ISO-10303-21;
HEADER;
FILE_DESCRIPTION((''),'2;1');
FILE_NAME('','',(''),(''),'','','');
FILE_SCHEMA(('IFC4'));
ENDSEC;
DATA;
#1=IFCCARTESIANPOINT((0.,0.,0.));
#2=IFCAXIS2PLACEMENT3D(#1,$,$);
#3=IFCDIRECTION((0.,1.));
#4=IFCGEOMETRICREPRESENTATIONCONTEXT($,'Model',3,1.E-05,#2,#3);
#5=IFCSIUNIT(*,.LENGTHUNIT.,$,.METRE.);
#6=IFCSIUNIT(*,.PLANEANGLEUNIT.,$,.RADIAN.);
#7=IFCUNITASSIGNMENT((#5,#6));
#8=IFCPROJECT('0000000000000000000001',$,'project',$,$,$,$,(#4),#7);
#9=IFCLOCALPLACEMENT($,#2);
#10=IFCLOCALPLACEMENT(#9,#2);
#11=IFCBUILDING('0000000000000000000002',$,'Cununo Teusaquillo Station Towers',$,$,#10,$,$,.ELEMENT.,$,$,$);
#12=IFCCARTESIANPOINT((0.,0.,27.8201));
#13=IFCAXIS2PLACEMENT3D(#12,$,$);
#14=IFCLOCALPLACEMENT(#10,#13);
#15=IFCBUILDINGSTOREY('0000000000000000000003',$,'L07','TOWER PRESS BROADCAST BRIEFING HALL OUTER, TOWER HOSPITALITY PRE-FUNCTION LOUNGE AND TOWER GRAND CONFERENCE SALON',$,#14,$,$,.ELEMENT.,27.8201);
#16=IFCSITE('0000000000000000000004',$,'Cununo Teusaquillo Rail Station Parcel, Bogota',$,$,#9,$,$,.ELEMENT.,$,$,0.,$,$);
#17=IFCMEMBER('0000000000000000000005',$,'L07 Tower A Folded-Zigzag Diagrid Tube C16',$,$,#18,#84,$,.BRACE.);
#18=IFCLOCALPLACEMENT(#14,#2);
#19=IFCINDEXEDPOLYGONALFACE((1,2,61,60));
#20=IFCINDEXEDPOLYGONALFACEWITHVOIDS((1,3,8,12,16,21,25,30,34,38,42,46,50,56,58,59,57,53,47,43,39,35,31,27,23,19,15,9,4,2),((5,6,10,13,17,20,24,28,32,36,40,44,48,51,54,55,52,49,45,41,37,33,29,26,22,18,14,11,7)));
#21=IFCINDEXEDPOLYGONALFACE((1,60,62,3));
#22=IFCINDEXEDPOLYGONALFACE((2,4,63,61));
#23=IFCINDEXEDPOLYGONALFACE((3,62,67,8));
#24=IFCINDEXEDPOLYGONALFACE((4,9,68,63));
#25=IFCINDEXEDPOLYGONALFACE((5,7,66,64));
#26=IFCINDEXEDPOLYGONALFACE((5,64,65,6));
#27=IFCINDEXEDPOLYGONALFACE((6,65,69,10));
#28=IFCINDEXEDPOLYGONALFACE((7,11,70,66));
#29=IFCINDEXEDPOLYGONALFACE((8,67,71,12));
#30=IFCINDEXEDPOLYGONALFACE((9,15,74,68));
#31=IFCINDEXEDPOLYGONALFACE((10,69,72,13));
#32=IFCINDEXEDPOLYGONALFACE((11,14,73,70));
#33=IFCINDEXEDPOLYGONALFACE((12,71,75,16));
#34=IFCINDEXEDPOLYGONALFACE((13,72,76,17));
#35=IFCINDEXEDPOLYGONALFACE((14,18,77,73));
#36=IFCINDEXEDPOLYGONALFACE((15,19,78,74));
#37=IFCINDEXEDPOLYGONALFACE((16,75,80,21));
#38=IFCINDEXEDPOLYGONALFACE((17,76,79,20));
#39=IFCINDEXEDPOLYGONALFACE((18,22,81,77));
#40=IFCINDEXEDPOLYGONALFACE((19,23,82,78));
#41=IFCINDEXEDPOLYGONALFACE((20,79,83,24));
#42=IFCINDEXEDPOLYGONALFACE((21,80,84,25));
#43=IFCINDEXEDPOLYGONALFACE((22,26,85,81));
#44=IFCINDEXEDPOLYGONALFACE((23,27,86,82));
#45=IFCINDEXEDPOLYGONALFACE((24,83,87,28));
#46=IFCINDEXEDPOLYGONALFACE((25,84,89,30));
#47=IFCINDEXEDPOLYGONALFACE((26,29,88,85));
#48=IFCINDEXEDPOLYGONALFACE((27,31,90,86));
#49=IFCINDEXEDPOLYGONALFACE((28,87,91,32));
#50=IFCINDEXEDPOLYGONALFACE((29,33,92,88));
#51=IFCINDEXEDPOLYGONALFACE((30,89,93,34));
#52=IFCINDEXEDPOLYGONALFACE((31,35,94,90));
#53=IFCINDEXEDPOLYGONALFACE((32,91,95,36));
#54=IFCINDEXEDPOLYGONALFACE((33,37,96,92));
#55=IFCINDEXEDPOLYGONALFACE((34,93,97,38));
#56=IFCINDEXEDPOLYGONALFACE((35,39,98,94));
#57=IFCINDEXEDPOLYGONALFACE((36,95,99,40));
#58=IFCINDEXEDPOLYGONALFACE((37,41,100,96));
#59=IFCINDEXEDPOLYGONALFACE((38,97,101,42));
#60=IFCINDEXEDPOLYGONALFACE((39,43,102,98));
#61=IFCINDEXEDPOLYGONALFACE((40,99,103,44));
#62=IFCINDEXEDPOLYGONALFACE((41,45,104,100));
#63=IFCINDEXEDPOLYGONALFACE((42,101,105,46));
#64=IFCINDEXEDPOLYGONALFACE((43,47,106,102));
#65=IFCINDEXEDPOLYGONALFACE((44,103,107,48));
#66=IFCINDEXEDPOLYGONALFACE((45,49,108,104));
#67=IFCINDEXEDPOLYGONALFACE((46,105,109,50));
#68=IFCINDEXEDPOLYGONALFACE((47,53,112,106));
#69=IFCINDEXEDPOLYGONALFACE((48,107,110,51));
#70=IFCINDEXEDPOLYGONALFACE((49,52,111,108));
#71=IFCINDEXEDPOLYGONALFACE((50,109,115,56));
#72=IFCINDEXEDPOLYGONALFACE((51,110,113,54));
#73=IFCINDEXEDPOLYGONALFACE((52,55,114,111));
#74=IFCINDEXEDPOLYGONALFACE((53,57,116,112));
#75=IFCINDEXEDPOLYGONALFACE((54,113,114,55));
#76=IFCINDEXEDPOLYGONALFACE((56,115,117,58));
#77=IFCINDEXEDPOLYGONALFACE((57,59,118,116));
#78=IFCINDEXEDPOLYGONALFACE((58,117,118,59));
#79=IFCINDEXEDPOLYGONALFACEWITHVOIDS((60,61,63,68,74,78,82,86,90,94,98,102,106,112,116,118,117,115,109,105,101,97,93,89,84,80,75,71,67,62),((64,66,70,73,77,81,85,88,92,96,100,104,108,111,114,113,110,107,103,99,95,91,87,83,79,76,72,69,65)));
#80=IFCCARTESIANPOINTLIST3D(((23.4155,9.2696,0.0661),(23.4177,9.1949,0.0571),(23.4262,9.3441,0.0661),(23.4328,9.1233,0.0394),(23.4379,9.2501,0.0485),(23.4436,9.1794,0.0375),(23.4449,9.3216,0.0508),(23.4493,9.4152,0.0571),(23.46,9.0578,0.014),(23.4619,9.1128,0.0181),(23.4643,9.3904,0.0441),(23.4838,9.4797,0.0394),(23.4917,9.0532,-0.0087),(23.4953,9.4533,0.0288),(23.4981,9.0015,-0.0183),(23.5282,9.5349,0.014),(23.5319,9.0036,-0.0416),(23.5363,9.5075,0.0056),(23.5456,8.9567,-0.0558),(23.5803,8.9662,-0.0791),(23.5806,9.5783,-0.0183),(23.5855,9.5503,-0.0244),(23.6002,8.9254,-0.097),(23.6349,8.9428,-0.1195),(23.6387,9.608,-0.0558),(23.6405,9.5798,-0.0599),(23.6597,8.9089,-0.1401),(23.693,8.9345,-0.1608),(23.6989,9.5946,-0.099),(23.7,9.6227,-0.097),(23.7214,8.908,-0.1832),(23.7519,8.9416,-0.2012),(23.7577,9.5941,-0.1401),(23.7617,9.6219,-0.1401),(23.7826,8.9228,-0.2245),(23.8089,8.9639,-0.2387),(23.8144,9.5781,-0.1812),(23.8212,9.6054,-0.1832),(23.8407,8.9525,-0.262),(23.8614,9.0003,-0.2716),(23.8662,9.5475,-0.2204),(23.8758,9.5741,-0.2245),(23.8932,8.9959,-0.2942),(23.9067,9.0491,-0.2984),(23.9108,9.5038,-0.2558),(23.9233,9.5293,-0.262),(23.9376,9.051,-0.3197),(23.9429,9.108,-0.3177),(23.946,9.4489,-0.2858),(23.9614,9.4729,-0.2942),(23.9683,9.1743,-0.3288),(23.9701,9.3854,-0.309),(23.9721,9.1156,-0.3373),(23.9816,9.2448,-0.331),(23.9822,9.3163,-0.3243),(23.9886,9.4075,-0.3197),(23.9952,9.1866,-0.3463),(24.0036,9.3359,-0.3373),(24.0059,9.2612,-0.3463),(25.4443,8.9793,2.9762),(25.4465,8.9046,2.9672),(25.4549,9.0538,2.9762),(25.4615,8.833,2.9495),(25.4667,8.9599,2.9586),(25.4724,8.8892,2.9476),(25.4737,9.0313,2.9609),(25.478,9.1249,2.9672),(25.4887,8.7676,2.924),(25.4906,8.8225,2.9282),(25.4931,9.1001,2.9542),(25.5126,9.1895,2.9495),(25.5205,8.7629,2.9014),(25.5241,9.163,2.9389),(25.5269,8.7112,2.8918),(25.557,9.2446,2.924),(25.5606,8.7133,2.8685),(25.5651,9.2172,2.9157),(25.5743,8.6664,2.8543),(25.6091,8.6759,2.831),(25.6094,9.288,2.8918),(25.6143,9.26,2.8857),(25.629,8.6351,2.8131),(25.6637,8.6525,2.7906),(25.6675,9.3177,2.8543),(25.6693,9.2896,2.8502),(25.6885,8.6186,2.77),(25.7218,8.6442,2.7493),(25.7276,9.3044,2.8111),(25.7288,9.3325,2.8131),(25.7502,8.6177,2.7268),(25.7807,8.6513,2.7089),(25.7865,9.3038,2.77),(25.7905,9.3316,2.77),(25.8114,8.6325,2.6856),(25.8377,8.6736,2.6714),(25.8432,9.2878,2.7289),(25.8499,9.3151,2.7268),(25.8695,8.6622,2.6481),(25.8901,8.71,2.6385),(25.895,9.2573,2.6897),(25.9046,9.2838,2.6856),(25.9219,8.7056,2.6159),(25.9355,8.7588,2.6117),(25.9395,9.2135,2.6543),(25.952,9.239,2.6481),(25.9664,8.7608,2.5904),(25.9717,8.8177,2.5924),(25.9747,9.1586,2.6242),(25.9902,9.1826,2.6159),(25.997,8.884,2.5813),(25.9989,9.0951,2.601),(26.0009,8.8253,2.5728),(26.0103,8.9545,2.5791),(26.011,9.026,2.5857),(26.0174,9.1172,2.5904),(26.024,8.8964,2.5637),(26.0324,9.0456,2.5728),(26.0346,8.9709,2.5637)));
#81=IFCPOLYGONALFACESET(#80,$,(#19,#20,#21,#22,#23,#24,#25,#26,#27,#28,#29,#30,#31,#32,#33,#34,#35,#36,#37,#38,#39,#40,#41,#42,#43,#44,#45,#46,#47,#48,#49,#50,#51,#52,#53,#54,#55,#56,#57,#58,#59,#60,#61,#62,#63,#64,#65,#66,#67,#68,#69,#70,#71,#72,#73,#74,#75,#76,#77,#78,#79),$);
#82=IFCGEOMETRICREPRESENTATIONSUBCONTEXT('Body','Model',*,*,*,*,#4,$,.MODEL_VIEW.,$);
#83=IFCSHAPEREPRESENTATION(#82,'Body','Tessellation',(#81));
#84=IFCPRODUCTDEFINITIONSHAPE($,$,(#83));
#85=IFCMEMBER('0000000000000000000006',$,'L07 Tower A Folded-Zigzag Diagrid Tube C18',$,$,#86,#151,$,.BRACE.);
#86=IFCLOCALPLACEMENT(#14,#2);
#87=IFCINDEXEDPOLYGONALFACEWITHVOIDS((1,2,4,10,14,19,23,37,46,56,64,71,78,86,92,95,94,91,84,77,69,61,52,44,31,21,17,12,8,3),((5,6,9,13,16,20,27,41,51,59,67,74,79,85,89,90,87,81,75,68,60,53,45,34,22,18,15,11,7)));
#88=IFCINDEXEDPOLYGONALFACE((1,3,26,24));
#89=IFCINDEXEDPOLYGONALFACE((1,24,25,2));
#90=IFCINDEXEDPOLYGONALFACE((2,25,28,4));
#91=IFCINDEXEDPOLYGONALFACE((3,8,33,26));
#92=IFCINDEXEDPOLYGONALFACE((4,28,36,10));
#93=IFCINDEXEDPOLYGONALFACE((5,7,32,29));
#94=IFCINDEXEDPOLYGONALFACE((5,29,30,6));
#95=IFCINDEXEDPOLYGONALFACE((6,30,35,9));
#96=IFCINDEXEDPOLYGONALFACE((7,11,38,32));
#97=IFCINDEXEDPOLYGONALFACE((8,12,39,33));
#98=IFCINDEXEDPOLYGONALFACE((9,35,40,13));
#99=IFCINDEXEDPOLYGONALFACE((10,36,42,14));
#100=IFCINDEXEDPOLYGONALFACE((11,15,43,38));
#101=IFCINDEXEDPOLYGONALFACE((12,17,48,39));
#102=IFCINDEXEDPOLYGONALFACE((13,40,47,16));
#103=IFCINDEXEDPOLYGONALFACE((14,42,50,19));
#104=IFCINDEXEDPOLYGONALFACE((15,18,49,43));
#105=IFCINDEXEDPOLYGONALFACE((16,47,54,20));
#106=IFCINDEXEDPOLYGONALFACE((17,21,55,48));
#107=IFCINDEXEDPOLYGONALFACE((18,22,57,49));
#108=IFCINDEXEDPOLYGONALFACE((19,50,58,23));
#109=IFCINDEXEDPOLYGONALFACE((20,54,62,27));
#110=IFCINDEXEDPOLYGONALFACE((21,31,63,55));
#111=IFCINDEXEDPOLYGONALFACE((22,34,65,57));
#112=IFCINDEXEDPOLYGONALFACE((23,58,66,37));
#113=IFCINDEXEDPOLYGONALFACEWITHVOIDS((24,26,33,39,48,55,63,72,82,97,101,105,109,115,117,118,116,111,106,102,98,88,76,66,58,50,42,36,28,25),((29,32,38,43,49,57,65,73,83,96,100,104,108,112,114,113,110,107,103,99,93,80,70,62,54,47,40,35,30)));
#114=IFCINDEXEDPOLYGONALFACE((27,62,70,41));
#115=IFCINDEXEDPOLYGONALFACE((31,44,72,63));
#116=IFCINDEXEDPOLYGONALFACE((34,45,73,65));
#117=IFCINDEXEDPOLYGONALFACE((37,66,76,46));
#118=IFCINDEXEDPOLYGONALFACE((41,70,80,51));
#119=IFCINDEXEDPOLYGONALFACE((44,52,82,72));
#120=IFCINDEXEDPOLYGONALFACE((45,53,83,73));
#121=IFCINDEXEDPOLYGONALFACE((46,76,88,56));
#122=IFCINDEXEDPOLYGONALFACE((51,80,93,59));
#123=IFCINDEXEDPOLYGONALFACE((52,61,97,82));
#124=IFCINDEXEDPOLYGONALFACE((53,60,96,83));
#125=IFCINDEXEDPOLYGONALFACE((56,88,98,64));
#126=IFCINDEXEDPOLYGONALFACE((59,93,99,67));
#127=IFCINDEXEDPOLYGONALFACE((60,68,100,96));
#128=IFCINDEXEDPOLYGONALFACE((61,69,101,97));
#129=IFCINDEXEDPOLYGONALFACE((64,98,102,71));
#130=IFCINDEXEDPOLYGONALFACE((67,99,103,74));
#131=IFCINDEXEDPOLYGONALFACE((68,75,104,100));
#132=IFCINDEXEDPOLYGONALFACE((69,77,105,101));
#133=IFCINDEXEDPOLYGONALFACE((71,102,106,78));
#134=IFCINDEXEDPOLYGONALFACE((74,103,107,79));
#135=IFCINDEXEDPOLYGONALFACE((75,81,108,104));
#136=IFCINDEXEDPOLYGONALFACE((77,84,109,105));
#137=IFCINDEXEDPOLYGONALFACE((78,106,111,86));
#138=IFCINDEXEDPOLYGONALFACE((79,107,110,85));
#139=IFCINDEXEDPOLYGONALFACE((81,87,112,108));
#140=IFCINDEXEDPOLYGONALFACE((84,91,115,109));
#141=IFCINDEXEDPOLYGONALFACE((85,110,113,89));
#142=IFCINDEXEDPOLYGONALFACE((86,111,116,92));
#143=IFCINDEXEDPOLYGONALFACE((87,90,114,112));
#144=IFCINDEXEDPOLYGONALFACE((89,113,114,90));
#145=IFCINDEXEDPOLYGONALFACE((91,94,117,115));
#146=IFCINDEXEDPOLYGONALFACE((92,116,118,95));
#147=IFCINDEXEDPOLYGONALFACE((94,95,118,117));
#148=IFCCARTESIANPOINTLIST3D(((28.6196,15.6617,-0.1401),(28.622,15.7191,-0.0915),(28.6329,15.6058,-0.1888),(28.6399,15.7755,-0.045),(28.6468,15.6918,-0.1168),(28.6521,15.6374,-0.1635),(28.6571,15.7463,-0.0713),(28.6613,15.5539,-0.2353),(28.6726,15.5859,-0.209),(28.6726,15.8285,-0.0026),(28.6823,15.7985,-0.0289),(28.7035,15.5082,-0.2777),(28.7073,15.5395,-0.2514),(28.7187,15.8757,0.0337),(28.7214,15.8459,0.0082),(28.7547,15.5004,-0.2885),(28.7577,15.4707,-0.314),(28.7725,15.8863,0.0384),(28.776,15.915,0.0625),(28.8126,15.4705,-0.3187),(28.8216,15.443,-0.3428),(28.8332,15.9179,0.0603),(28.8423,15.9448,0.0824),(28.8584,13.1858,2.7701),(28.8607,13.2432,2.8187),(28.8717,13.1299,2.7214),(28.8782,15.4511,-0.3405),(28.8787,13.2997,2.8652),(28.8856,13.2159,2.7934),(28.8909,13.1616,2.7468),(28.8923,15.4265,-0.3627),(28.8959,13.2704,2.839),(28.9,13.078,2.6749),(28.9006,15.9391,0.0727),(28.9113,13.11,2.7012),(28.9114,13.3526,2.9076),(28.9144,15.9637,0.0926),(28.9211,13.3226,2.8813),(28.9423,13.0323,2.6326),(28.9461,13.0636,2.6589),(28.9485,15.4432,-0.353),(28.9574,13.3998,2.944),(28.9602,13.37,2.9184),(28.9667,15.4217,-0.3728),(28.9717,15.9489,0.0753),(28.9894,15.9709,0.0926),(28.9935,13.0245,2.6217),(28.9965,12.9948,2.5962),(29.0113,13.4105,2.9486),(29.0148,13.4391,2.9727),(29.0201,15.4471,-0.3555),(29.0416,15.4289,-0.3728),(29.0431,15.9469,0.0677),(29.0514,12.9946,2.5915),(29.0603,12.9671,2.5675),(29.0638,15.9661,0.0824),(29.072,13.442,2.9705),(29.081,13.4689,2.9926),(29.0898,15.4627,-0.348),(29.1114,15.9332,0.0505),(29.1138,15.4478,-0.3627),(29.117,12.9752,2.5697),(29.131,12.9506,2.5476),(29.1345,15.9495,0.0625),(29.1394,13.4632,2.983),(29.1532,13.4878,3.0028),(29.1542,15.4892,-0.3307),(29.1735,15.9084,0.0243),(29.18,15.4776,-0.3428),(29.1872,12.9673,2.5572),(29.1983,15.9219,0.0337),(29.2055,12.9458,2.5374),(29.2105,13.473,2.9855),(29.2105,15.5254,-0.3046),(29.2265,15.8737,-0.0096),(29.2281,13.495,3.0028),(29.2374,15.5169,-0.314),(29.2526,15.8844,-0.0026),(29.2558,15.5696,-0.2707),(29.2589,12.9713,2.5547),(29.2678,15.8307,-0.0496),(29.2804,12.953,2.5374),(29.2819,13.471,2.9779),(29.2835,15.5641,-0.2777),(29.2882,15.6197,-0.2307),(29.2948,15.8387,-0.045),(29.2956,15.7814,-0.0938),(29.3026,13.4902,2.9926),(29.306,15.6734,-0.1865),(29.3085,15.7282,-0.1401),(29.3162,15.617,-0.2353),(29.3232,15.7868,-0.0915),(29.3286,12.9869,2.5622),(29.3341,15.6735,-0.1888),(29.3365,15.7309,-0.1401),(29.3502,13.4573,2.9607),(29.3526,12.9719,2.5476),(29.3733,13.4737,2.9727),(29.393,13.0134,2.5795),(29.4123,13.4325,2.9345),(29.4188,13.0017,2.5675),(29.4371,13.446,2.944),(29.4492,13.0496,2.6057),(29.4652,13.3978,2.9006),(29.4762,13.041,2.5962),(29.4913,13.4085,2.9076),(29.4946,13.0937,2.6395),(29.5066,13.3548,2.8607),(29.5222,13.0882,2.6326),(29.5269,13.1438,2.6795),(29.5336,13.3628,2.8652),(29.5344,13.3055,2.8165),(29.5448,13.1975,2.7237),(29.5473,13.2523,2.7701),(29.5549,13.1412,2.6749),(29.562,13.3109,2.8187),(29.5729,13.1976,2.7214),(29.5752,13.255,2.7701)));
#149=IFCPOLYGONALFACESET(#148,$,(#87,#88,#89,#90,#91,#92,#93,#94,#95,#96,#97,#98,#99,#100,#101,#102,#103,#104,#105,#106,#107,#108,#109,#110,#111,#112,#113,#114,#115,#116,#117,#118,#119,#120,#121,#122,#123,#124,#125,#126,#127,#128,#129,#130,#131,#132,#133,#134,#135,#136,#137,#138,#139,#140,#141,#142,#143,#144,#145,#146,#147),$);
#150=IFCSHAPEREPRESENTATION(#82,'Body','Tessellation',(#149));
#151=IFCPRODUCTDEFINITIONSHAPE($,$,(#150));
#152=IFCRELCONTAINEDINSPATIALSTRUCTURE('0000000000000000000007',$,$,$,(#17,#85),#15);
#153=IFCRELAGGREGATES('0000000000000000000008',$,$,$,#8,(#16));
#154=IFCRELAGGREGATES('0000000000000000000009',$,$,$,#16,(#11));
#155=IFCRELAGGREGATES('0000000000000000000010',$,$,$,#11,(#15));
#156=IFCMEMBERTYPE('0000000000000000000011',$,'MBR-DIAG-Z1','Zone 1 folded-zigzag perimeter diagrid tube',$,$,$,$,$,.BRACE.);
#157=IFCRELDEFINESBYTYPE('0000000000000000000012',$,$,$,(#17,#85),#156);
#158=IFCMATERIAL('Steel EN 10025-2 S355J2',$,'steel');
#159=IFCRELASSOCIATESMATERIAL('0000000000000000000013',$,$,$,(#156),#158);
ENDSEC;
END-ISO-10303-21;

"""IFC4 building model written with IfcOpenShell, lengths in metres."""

from ifc_helpers import new_model, si_unit, direction, frame, origin, origin_2d, place, context, subcontext, project, spatial, hollow_circle, extrude, material, material_profile, profile_set, type_object, element, save


model = new_model("IFC4")

# Units and contexts
model_context = context("Model", 3, precision=1e-05, world=origin(), true_north=direction((0.0, 1.0)))
body_context = subcontext(model_context, "Body", "Model", "MODEL_VIEW")
ifc_project = project(units=[si_unit("LENGTHUNIT", "METRE"), si_unit("PLANEANGLEUNIT", "RADIAN")], contexts=[model_context])

# Site, building, storey
site_placement = place(None, origin())
site = spatial("IfcSite", under=ifc_project, at=site_placement, Name="Cununo Teusaquillo Rail Station Parcel, Bogota", CompositionType="ELEMENT", RefElevation=0.0)
building_placement = place(site_placement, origin())
building = spatial("IfcBuilding", under=site, at=building_placement, Name="Cununo Teusaquillo Station Towers", CompositionType="ELEMENT")
storey_placement = place(building_placement, frame((0.0, 0.0, 27.8201)))
storey = spatial("IfcBuildingStorey", under=building, at=storey_placement, Name="L07", Description="TOWER PRESS BROADCAST BRIEFING HALL OUTER, TOWER HOSPITALITY PRE-FUNCTION LOUNGE AND TOWER GRAND CONFERENCE SALON", CompositionType="ELEMENT", Elevation=27.8201)

# Members
ifc_material_1 = material(Name="Steel EN 10025-2 S355J2", Category="steel")
ifc_material_profile_1 = material_profile(ifc_material_1, hollow_circle(Radius=0.3601, WallThickness=0.0281, at=origin_2d()), Name="CHS 720x28")
ifc_profile_set_1 = profile_set([ifc_material_profile_1], Name="Steel EN 10025-2 S355J2")
member_type = type_object("IfcMemberType", Name="MBR-DIAG-Z1", Description="Zone 1 folded-zigzag perimeter diagrid tube", PredefinedType="BRACE", material=ifc_profile_set_1)
member_1_placement = place(storey_placement, frame((23.7107, 9.2654, -0.1401), z_axis=(0.569986, -0.081554, 0.817597), x_axis=(0.141638, 0.989918, 0.0)))
element("IfcMember", 1, at=member_1_placement, inside=storey, type_object=member_type, Name="L07 Tower A Folded-Zigzag Diagrid Tube C16", PredefinedType="BRACE", context=body_context, shape_type="SweptSolid", body=[
    extrude(hollow_circle(Radius=0.3601, WallThickness=0.0281, at=origin_2d()), origin(), (0.0, 0.0, 1.0), 3.5593),
])
member_2_placement = place(storey_placement, frame((28.978, 15.6963, -0.1401), z_axis=(0.06237, -0.646721, 0.760173), x_axis=(0.995382, 0.095995, 0.0)))
element("IfcMember", 2, at=member_2_placement, inside=storey, type_object=member_type, Name="L07 Tower A Folded-Zigzag Diagrid Tube C18", PredefinedType="BRACE", context=body_context, shape_type="SweptSolid", body=[
    extrude(hollow_circle(Radius=0.3601, WallThickness=0.0281, at=origin_2d()), origin(), (0.0, 0.0, 1.0), 3.8284),
])

save(model, "model.ifc")
